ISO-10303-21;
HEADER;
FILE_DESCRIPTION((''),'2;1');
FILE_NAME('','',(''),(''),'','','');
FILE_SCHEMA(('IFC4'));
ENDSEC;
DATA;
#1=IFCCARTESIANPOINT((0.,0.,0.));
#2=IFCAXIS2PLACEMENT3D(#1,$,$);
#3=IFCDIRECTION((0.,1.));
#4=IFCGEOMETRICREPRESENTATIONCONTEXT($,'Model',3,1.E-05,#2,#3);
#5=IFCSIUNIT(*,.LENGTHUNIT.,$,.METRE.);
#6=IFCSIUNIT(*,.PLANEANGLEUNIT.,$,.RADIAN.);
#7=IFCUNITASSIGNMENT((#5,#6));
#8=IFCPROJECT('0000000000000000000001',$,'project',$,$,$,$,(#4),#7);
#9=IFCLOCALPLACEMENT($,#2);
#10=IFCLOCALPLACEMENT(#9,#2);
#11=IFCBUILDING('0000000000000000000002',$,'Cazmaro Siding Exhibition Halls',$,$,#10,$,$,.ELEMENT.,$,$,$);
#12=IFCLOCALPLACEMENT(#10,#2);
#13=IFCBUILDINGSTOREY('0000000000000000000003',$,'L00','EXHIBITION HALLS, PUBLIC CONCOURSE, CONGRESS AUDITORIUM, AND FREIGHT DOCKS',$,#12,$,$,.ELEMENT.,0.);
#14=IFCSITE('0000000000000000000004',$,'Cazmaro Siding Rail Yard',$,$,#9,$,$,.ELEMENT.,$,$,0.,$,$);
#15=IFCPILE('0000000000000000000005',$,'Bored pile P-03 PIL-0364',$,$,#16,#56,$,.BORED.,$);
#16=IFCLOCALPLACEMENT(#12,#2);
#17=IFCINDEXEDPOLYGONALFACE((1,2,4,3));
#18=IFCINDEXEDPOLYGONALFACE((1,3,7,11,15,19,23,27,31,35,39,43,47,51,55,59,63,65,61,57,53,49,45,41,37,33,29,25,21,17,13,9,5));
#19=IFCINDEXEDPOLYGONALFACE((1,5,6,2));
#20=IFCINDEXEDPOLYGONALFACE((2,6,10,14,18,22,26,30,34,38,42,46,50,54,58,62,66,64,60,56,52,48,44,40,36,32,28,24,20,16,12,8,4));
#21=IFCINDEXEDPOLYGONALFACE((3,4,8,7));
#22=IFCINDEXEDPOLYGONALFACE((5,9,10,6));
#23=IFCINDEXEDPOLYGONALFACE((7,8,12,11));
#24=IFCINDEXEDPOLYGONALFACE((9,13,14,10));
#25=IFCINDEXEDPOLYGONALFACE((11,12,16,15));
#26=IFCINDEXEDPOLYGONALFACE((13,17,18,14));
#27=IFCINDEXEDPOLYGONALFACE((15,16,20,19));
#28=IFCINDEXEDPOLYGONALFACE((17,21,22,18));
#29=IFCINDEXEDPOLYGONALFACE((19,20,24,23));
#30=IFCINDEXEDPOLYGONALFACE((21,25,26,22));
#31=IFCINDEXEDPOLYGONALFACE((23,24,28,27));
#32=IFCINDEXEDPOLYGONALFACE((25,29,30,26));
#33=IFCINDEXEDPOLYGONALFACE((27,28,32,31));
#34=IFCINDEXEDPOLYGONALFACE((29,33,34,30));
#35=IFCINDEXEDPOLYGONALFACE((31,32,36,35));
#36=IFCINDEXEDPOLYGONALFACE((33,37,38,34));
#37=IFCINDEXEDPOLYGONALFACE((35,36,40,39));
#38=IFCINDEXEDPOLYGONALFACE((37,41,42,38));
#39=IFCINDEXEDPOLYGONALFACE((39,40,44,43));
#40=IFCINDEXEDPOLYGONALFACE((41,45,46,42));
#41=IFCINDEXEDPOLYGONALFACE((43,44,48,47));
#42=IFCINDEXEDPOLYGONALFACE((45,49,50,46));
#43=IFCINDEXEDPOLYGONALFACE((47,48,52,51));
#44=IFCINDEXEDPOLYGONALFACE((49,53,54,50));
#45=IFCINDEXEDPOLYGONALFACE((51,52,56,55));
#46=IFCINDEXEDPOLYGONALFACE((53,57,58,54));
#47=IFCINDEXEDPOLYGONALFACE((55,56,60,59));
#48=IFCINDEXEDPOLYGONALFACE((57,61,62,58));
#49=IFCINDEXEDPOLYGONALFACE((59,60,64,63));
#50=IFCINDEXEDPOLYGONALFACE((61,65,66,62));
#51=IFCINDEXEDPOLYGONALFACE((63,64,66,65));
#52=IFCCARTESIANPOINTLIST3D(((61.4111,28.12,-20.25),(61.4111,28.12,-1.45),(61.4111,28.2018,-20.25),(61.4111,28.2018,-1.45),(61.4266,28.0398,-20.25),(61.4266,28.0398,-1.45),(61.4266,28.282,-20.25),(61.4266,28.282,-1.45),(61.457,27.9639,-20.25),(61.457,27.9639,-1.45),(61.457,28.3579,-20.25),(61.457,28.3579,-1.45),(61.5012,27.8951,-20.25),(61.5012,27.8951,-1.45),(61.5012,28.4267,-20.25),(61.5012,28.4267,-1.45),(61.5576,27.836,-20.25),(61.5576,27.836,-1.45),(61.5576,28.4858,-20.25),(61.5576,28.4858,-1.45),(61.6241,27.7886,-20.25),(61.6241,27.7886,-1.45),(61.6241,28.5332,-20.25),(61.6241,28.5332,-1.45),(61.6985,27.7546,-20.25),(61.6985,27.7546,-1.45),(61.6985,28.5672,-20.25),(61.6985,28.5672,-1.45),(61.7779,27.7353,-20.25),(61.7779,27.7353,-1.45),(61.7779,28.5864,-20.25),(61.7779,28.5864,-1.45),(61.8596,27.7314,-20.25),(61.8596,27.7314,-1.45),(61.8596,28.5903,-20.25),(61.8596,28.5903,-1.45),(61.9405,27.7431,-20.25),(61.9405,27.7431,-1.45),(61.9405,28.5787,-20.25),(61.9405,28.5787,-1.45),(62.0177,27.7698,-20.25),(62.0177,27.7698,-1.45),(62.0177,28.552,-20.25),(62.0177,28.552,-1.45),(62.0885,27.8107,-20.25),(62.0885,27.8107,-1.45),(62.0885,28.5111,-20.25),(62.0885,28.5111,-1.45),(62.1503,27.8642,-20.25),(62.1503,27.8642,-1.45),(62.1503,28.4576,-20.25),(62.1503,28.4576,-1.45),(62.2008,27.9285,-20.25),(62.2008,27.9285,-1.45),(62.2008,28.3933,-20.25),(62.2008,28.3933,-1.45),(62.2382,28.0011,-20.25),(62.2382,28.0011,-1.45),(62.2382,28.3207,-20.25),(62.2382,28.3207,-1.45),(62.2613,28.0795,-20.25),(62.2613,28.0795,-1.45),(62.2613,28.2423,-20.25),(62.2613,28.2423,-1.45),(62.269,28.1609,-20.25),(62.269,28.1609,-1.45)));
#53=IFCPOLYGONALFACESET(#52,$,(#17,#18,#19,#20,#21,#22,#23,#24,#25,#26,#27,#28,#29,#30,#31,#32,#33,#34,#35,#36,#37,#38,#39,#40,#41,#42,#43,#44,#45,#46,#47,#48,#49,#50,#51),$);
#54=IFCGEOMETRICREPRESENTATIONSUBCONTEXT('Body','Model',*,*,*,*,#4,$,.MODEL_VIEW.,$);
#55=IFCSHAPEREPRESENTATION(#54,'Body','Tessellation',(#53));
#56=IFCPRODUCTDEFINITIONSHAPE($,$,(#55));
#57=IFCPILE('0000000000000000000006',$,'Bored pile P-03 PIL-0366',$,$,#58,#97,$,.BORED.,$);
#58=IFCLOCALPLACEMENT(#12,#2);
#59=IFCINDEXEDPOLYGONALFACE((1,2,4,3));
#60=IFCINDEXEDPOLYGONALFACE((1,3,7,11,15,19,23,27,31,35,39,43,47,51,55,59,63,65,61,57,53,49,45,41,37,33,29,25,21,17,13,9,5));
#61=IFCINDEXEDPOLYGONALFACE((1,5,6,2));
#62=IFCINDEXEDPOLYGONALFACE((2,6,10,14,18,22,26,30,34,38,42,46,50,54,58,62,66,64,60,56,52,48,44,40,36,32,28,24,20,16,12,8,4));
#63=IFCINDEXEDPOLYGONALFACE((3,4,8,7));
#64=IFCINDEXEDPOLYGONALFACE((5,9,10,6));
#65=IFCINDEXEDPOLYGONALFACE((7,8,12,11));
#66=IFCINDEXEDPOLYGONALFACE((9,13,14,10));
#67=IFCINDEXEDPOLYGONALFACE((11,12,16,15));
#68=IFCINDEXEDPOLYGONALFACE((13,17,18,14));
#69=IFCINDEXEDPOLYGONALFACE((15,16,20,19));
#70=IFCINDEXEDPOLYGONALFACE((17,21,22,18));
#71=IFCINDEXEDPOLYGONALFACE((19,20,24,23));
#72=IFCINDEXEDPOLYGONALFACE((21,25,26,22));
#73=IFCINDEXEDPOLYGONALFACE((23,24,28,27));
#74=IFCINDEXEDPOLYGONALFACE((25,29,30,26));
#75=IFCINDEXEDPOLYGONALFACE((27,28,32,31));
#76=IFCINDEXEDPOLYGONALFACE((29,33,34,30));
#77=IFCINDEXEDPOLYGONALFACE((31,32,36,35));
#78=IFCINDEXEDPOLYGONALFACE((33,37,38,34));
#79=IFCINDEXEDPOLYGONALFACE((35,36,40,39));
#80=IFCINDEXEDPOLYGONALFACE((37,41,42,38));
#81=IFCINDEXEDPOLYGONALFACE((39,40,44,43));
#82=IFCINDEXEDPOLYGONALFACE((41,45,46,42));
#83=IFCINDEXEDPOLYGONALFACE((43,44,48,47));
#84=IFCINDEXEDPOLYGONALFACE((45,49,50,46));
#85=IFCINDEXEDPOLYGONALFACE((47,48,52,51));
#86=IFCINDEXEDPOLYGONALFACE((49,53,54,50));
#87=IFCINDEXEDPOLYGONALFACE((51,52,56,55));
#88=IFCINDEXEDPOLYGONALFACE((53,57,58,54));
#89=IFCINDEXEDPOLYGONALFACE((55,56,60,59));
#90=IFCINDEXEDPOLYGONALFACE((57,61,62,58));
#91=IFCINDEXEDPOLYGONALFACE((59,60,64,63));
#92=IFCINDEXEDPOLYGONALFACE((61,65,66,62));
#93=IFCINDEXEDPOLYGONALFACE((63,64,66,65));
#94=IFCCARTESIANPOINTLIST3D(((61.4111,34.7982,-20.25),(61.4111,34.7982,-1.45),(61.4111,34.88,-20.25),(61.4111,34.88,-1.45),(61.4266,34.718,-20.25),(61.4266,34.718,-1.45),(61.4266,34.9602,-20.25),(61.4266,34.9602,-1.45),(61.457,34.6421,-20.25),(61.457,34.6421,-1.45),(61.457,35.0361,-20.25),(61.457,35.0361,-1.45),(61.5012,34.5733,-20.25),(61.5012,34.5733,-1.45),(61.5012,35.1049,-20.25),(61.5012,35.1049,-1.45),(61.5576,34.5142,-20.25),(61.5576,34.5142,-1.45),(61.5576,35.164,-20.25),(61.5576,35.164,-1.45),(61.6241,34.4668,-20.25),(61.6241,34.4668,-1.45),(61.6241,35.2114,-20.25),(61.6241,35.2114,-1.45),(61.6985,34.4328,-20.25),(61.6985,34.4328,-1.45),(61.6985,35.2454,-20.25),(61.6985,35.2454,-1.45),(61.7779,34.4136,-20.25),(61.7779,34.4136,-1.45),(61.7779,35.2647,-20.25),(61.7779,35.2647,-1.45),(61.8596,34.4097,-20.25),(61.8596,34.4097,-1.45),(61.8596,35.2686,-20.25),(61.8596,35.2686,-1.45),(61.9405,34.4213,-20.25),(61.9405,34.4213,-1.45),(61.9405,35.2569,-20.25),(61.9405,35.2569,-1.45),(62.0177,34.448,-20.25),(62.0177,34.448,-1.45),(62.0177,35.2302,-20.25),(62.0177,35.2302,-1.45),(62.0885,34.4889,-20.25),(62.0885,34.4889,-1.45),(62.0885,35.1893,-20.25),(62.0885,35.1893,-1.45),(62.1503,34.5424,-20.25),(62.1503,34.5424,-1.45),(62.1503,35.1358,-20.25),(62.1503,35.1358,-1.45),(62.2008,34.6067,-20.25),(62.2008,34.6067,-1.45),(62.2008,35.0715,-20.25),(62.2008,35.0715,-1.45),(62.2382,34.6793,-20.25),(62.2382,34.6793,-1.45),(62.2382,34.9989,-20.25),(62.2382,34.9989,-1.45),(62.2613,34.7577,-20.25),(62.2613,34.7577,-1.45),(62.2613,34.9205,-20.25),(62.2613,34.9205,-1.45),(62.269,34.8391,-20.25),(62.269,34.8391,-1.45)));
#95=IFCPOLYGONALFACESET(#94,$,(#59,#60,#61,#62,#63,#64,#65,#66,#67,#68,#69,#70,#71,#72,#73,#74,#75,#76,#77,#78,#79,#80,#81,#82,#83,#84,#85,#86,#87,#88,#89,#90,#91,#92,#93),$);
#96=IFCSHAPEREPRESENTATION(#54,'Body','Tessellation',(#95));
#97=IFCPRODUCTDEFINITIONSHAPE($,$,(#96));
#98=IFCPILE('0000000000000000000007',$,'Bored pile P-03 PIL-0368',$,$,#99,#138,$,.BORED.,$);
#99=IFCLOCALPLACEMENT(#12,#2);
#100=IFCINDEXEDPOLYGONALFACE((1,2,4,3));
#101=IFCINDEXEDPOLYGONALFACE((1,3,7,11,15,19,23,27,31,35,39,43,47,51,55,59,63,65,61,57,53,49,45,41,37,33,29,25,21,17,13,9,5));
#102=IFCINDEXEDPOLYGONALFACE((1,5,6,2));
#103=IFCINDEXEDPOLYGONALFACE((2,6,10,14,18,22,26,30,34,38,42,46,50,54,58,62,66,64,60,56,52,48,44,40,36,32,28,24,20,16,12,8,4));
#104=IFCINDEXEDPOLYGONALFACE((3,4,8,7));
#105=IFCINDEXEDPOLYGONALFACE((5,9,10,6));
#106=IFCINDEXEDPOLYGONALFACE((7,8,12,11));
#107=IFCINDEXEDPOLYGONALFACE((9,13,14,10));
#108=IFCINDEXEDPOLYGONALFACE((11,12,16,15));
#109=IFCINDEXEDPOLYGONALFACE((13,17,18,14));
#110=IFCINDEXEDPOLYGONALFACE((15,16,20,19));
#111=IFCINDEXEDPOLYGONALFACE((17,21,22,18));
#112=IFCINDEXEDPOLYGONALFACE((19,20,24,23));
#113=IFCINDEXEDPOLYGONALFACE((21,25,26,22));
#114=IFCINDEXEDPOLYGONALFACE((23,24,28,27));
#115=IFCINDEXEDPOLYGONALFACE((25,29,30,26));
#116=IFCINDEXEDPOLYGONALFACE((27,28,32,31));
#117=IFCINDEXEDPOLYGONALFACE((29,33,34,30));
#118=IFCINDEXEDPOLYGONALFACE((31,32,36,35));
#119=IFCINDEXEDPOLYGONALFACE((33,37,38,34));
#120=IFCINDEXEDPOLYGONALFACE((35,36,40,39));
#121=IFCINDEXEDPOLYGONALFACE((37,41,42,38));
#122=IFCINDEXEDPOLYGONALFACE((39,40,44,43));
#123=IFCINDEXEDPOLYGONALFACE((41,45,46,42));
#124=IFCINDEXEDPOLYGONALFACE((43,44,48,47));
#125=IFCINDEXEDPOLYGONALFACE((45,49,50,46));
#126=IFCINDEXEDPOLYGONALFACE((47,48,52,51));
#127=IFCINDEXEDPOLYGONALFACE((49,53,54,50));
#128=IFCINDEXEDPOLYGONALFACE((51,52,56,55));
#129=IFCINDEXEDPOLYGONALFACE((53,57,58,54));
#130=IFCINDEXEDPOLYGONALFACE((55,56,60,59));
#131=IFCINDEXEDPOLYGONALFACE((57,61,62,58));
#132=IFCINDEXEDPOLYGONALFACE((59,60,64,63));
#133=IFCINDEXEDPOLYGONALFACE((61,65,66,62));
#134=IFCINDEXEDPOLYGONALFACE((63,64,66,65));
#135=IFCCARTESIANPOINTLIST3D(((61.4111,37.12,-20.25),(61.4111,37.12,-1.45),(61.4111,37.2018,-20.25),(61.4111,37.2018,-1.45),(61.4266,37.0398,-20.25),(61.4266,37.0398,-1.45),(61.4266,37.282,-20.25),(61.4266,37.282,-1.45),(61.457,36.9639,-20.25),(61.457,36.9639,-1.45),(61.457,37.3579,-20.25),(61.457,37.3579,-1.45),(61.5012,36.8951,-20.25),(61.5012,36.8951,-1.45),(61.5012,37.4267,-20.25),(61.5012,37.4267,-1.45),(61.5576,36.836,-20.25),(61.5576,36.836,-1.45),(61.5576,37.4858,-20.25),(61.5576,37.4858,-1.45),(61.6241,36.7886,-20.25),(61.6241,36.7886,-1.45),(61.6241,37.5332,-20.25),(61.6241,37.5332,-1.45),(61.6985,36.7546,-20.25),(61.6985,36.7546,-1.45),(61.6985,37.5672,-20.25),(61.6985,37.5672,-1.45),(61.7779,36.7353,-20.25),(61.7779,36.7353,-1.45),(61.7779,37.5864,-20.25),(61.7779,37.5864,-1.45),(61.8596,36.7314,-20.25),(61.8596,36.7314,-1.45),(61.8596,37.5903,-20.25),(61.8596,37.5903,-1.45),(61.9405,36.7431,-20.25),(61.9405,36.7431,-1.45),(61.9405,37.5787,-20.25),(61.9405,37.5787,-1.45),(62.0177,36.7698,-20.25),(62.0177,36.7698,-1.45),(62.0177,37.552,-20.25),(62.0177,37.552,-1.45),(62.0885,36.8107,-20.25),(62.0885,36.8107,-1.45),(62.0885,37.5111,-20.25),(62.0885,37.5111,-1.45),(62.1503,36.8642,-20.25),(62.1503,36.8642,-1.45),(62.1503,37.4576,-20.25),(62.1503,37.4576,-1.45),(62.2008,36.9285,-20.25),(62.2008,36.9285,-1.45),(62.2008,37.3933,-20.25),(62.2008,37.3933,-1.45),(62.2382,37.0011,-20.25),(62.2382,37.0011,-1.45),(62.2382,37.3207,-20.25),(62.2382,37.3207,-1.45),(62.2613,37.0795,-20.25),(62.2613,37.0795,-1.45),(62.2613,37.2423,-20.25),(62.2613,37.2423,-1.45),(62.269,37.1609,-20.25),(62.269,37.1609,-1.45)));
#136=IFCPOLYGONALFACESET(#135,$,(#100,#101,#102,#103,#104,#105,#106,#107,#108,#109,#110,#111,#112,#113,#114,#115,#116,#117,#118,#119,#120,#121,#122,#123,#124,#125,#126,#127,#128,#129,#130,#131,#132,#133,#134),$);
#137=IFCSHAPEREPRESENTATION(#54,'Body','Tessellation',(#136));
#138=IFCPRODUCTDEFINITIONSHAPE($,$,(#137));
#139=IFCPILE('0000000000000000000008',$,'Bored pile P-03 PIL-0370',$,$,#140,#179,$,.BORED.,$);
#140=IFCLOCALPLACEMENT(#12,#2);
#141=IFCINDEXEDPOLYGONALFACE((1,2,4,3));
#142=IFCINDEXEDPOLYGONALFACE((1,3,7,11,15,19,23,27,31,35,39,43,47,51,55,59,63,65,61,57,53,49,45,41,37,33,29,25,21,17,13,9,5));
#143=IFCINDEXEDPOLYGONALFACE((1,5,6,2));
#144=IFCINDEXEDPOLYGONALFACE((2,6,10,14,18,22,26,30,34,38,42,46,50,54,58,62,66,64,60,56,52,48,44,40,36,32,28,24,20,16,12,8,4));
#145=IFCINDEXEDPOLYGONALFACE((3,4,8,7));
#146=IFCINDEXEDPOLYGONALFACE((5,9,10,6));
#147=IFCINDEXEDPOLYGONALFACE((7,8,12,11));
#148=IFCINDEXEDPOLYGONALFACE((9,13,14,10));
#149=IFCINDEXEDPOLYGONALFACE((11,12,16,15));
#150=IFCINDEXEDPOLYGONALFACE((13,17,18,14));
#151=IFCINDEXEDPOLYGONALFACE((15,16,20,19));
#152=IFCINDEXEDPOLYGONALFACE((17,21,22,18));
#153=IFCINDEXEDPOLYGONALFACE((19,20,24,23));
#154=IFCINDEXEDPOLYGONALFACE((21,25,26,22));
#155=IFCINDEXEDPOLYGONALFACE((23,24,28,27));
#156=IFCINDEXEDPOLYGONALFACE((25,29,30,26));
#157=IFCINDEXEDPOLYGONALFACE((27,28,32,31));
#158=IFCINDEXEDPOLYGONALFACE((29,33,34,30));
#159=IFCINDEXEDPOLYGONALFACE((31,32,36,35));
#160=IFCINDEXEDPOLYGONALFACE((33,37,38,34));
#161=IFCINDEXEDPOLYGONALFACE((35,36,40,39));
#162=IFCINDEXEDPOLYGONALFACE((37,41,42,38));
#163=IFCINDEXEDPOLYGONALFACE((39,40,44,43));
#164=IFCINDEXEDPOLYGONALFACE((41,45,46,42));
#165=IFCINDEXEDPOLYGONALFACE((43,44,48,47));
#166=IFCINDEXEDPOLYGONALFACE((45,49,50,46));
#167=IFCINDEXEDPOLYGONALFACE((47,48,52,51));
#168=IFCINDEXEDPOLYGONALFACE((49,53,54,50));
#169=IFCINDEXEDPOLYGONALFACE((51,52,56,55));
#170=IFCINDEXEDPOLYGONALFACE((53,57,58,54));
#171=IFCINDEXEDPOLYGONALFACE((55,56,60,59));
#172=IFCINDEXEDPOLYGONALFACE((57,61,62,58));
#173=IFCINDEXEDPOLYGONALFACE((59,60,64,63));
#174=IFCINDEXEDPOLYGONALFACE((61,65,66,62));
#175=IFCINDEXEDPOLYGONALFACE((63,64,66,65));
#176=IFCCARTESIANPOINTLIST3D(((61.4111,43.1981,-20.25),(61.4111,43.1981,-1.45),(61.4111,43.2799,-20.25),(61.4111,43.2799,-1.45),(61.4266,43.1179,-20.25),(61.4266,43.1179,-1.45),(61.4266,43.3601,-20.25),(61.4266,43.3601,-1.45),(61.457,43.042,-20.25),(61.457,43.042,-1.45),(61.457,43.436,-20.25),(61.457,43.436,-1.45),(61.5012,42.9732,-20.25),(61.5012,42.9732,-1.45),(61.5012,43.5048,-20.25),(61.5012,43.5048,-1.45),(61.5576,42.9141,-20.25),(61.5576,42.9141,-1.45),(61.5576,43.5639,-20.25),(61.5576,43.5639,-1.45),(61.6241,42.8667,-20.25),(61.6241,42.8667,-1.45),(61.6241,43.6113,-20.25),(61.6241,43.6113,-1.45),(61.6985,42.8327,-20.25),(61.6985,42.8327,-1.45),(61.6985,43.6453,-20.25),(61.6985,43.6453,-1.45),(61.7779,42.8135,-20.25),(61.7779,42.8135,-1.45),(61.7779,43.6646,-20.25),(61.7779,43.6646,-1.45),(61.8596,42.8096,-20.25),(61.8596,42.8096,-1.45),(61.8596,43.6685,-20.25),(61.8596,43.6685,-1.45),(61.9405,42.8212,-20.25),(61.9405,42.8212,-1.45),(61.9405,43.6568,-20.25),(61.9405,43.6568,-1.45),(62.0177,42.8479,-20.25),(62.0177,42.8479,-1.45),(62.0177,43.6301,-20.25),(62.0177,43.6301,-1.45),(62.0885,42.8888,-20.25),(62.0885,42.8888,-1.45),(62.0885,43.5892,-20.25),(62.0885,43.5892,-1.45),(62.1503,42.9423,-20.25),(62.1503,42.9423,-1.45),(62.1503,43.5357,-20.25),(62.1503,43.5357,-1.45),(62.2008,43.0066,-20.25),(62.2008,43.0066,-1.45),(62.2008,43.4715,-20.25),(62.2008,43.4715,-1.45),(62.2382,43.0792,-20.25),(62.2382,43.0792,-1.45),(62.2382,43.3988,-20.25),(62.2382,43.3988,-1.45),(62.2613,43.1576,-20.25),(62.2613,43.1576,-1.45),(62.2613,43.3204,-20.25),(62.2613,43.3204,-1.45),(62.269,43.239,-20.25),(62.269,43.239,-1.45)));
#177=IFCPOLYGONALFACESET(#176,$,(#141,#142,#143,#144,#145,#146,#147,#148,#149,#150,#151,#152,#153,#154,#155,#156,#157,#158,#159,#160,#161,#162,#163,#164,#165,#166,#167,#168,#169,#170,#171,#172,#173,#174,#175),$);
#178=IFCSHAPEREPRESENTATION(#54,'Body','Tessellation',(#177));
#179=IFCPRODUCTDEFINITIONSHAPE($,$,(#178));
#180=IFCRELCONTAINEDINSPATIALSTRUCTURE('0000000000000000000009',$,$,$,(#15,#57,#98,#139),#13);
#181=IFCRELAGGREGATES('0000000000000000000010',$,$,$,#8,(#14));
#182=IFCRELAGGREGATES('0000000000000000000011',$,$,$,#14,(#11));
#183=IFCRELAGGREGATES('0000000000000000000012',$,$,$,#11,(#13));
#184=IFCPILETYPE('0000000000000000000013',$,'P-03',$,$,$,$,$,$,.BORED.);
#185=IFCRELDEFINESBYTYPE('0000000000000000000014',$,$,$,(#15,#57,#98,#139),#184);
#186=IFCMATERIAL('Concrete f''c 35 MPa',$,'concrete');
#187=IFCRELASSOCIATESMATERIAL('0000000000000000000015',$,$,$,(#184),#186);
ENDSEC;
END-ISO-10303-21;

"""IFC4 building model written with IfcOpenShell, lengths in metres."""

from ifc_helpers import new_model, si_unit, direction, frame, origin, origin_2d, place, context, subcontext, project, spatial, circle, extrude, material, material_profile, profile_set, type_object, element, save


model = new_model("IFC4")

# Units and contexts
model_context = context("Model", 3, precision=1e-05, world=origin(), true_north=direction((0.0, 1.0)))
body_context = subcontext(model_context, "Body", "Model", "MODEL_VIEW")
ifc_project = project(units=[si_unit("LENGTHUNIT", "METRE"), si_unit("PLANEANGLEUNIT", "RADIAN")], contexts=[model_context])

# Site, building, storey
site_placement = place(None, origin())
site = spatial("IfcSite", under=ifc_project, at=site_placement, Name="Cazmaro Siding Rail Yard", CompositionType="ELEMENT", RefElevation=0.0)
building_placement = place(site_placement, origin())
building = spatial("IfcBuilding", under=site, at=building_placement, Name="Cazmaro Siding Exhibition Halls", CompositionType="ELEMENT")
storey_placement = place(building_placement, origin())
storey = spatial("IfcBuildingStorey", under=building, at=storey_placement, Name="L00", Description="EXHIBITION HALLS, PUBLIC CONCOURSE, CONGRESS AUDITORIUM, AND FREIGHT DOCKS", CompositionType="ELEMENT", Elevation=0.0)

# Piles
ifc_material_1 = material(Name="Concrete f'c 35 MPa", Category="concrete")
ifc_material_profile_1 = material_profile(ifc_material_1, circle(Radius=0.4299, at=origin_2d()), Name="CIDH-860")
ifc_profile_set_1 = profile_set([ifc_material_profile_1], Name="Concrete f'c 35 MPa")
pile_type_1 = type_object("IfcPileType", Name="P-03", PredefinedType="BORED", material=ifc_profile_set_1)
for number, where, z_axis, x_axis, name in (
    (1, (61.8391, 28.1609, -1.45), (0.0, 0.0, -1.0), (1.0, 0.0, 0.0), "Bored pile P-03 PIL-0364"),
    (2, (61.8391, 34.8391, -1.45), (0.0, 0.0, -1.0), (1.0, 0.0, 0.0), "Bored pile P-03 PIL-0366"),
    (3, (61.8391, 37.1609, -1.45), (0.0, 0.0, -1.0), (1.0, 0.0, 0.0), "Bored pile P-03 PIL-0368"),
    (4, (61.8391, 43.239, -1.45), (0.0, 0.0, -1.0), (1.0, 0.0, 0.0), "Bored pile P-03 PIL-0370"),
):
    element("IfcPile", number, at=place(storey_placement, frame(where, z_axis=z_axis, x_axis=x_axis)), inside=storey, type_object=pile_type_1, Name=name, PredefinedType="BORED", context=body_context, shape_type="SweptSolid", body=[
        extrude(circle(Radius=0.4299, at=origin_2d()), origin(), (0.0, 0.0, 1.0), 18.8),
    ])

save(model, "model.ifc")
